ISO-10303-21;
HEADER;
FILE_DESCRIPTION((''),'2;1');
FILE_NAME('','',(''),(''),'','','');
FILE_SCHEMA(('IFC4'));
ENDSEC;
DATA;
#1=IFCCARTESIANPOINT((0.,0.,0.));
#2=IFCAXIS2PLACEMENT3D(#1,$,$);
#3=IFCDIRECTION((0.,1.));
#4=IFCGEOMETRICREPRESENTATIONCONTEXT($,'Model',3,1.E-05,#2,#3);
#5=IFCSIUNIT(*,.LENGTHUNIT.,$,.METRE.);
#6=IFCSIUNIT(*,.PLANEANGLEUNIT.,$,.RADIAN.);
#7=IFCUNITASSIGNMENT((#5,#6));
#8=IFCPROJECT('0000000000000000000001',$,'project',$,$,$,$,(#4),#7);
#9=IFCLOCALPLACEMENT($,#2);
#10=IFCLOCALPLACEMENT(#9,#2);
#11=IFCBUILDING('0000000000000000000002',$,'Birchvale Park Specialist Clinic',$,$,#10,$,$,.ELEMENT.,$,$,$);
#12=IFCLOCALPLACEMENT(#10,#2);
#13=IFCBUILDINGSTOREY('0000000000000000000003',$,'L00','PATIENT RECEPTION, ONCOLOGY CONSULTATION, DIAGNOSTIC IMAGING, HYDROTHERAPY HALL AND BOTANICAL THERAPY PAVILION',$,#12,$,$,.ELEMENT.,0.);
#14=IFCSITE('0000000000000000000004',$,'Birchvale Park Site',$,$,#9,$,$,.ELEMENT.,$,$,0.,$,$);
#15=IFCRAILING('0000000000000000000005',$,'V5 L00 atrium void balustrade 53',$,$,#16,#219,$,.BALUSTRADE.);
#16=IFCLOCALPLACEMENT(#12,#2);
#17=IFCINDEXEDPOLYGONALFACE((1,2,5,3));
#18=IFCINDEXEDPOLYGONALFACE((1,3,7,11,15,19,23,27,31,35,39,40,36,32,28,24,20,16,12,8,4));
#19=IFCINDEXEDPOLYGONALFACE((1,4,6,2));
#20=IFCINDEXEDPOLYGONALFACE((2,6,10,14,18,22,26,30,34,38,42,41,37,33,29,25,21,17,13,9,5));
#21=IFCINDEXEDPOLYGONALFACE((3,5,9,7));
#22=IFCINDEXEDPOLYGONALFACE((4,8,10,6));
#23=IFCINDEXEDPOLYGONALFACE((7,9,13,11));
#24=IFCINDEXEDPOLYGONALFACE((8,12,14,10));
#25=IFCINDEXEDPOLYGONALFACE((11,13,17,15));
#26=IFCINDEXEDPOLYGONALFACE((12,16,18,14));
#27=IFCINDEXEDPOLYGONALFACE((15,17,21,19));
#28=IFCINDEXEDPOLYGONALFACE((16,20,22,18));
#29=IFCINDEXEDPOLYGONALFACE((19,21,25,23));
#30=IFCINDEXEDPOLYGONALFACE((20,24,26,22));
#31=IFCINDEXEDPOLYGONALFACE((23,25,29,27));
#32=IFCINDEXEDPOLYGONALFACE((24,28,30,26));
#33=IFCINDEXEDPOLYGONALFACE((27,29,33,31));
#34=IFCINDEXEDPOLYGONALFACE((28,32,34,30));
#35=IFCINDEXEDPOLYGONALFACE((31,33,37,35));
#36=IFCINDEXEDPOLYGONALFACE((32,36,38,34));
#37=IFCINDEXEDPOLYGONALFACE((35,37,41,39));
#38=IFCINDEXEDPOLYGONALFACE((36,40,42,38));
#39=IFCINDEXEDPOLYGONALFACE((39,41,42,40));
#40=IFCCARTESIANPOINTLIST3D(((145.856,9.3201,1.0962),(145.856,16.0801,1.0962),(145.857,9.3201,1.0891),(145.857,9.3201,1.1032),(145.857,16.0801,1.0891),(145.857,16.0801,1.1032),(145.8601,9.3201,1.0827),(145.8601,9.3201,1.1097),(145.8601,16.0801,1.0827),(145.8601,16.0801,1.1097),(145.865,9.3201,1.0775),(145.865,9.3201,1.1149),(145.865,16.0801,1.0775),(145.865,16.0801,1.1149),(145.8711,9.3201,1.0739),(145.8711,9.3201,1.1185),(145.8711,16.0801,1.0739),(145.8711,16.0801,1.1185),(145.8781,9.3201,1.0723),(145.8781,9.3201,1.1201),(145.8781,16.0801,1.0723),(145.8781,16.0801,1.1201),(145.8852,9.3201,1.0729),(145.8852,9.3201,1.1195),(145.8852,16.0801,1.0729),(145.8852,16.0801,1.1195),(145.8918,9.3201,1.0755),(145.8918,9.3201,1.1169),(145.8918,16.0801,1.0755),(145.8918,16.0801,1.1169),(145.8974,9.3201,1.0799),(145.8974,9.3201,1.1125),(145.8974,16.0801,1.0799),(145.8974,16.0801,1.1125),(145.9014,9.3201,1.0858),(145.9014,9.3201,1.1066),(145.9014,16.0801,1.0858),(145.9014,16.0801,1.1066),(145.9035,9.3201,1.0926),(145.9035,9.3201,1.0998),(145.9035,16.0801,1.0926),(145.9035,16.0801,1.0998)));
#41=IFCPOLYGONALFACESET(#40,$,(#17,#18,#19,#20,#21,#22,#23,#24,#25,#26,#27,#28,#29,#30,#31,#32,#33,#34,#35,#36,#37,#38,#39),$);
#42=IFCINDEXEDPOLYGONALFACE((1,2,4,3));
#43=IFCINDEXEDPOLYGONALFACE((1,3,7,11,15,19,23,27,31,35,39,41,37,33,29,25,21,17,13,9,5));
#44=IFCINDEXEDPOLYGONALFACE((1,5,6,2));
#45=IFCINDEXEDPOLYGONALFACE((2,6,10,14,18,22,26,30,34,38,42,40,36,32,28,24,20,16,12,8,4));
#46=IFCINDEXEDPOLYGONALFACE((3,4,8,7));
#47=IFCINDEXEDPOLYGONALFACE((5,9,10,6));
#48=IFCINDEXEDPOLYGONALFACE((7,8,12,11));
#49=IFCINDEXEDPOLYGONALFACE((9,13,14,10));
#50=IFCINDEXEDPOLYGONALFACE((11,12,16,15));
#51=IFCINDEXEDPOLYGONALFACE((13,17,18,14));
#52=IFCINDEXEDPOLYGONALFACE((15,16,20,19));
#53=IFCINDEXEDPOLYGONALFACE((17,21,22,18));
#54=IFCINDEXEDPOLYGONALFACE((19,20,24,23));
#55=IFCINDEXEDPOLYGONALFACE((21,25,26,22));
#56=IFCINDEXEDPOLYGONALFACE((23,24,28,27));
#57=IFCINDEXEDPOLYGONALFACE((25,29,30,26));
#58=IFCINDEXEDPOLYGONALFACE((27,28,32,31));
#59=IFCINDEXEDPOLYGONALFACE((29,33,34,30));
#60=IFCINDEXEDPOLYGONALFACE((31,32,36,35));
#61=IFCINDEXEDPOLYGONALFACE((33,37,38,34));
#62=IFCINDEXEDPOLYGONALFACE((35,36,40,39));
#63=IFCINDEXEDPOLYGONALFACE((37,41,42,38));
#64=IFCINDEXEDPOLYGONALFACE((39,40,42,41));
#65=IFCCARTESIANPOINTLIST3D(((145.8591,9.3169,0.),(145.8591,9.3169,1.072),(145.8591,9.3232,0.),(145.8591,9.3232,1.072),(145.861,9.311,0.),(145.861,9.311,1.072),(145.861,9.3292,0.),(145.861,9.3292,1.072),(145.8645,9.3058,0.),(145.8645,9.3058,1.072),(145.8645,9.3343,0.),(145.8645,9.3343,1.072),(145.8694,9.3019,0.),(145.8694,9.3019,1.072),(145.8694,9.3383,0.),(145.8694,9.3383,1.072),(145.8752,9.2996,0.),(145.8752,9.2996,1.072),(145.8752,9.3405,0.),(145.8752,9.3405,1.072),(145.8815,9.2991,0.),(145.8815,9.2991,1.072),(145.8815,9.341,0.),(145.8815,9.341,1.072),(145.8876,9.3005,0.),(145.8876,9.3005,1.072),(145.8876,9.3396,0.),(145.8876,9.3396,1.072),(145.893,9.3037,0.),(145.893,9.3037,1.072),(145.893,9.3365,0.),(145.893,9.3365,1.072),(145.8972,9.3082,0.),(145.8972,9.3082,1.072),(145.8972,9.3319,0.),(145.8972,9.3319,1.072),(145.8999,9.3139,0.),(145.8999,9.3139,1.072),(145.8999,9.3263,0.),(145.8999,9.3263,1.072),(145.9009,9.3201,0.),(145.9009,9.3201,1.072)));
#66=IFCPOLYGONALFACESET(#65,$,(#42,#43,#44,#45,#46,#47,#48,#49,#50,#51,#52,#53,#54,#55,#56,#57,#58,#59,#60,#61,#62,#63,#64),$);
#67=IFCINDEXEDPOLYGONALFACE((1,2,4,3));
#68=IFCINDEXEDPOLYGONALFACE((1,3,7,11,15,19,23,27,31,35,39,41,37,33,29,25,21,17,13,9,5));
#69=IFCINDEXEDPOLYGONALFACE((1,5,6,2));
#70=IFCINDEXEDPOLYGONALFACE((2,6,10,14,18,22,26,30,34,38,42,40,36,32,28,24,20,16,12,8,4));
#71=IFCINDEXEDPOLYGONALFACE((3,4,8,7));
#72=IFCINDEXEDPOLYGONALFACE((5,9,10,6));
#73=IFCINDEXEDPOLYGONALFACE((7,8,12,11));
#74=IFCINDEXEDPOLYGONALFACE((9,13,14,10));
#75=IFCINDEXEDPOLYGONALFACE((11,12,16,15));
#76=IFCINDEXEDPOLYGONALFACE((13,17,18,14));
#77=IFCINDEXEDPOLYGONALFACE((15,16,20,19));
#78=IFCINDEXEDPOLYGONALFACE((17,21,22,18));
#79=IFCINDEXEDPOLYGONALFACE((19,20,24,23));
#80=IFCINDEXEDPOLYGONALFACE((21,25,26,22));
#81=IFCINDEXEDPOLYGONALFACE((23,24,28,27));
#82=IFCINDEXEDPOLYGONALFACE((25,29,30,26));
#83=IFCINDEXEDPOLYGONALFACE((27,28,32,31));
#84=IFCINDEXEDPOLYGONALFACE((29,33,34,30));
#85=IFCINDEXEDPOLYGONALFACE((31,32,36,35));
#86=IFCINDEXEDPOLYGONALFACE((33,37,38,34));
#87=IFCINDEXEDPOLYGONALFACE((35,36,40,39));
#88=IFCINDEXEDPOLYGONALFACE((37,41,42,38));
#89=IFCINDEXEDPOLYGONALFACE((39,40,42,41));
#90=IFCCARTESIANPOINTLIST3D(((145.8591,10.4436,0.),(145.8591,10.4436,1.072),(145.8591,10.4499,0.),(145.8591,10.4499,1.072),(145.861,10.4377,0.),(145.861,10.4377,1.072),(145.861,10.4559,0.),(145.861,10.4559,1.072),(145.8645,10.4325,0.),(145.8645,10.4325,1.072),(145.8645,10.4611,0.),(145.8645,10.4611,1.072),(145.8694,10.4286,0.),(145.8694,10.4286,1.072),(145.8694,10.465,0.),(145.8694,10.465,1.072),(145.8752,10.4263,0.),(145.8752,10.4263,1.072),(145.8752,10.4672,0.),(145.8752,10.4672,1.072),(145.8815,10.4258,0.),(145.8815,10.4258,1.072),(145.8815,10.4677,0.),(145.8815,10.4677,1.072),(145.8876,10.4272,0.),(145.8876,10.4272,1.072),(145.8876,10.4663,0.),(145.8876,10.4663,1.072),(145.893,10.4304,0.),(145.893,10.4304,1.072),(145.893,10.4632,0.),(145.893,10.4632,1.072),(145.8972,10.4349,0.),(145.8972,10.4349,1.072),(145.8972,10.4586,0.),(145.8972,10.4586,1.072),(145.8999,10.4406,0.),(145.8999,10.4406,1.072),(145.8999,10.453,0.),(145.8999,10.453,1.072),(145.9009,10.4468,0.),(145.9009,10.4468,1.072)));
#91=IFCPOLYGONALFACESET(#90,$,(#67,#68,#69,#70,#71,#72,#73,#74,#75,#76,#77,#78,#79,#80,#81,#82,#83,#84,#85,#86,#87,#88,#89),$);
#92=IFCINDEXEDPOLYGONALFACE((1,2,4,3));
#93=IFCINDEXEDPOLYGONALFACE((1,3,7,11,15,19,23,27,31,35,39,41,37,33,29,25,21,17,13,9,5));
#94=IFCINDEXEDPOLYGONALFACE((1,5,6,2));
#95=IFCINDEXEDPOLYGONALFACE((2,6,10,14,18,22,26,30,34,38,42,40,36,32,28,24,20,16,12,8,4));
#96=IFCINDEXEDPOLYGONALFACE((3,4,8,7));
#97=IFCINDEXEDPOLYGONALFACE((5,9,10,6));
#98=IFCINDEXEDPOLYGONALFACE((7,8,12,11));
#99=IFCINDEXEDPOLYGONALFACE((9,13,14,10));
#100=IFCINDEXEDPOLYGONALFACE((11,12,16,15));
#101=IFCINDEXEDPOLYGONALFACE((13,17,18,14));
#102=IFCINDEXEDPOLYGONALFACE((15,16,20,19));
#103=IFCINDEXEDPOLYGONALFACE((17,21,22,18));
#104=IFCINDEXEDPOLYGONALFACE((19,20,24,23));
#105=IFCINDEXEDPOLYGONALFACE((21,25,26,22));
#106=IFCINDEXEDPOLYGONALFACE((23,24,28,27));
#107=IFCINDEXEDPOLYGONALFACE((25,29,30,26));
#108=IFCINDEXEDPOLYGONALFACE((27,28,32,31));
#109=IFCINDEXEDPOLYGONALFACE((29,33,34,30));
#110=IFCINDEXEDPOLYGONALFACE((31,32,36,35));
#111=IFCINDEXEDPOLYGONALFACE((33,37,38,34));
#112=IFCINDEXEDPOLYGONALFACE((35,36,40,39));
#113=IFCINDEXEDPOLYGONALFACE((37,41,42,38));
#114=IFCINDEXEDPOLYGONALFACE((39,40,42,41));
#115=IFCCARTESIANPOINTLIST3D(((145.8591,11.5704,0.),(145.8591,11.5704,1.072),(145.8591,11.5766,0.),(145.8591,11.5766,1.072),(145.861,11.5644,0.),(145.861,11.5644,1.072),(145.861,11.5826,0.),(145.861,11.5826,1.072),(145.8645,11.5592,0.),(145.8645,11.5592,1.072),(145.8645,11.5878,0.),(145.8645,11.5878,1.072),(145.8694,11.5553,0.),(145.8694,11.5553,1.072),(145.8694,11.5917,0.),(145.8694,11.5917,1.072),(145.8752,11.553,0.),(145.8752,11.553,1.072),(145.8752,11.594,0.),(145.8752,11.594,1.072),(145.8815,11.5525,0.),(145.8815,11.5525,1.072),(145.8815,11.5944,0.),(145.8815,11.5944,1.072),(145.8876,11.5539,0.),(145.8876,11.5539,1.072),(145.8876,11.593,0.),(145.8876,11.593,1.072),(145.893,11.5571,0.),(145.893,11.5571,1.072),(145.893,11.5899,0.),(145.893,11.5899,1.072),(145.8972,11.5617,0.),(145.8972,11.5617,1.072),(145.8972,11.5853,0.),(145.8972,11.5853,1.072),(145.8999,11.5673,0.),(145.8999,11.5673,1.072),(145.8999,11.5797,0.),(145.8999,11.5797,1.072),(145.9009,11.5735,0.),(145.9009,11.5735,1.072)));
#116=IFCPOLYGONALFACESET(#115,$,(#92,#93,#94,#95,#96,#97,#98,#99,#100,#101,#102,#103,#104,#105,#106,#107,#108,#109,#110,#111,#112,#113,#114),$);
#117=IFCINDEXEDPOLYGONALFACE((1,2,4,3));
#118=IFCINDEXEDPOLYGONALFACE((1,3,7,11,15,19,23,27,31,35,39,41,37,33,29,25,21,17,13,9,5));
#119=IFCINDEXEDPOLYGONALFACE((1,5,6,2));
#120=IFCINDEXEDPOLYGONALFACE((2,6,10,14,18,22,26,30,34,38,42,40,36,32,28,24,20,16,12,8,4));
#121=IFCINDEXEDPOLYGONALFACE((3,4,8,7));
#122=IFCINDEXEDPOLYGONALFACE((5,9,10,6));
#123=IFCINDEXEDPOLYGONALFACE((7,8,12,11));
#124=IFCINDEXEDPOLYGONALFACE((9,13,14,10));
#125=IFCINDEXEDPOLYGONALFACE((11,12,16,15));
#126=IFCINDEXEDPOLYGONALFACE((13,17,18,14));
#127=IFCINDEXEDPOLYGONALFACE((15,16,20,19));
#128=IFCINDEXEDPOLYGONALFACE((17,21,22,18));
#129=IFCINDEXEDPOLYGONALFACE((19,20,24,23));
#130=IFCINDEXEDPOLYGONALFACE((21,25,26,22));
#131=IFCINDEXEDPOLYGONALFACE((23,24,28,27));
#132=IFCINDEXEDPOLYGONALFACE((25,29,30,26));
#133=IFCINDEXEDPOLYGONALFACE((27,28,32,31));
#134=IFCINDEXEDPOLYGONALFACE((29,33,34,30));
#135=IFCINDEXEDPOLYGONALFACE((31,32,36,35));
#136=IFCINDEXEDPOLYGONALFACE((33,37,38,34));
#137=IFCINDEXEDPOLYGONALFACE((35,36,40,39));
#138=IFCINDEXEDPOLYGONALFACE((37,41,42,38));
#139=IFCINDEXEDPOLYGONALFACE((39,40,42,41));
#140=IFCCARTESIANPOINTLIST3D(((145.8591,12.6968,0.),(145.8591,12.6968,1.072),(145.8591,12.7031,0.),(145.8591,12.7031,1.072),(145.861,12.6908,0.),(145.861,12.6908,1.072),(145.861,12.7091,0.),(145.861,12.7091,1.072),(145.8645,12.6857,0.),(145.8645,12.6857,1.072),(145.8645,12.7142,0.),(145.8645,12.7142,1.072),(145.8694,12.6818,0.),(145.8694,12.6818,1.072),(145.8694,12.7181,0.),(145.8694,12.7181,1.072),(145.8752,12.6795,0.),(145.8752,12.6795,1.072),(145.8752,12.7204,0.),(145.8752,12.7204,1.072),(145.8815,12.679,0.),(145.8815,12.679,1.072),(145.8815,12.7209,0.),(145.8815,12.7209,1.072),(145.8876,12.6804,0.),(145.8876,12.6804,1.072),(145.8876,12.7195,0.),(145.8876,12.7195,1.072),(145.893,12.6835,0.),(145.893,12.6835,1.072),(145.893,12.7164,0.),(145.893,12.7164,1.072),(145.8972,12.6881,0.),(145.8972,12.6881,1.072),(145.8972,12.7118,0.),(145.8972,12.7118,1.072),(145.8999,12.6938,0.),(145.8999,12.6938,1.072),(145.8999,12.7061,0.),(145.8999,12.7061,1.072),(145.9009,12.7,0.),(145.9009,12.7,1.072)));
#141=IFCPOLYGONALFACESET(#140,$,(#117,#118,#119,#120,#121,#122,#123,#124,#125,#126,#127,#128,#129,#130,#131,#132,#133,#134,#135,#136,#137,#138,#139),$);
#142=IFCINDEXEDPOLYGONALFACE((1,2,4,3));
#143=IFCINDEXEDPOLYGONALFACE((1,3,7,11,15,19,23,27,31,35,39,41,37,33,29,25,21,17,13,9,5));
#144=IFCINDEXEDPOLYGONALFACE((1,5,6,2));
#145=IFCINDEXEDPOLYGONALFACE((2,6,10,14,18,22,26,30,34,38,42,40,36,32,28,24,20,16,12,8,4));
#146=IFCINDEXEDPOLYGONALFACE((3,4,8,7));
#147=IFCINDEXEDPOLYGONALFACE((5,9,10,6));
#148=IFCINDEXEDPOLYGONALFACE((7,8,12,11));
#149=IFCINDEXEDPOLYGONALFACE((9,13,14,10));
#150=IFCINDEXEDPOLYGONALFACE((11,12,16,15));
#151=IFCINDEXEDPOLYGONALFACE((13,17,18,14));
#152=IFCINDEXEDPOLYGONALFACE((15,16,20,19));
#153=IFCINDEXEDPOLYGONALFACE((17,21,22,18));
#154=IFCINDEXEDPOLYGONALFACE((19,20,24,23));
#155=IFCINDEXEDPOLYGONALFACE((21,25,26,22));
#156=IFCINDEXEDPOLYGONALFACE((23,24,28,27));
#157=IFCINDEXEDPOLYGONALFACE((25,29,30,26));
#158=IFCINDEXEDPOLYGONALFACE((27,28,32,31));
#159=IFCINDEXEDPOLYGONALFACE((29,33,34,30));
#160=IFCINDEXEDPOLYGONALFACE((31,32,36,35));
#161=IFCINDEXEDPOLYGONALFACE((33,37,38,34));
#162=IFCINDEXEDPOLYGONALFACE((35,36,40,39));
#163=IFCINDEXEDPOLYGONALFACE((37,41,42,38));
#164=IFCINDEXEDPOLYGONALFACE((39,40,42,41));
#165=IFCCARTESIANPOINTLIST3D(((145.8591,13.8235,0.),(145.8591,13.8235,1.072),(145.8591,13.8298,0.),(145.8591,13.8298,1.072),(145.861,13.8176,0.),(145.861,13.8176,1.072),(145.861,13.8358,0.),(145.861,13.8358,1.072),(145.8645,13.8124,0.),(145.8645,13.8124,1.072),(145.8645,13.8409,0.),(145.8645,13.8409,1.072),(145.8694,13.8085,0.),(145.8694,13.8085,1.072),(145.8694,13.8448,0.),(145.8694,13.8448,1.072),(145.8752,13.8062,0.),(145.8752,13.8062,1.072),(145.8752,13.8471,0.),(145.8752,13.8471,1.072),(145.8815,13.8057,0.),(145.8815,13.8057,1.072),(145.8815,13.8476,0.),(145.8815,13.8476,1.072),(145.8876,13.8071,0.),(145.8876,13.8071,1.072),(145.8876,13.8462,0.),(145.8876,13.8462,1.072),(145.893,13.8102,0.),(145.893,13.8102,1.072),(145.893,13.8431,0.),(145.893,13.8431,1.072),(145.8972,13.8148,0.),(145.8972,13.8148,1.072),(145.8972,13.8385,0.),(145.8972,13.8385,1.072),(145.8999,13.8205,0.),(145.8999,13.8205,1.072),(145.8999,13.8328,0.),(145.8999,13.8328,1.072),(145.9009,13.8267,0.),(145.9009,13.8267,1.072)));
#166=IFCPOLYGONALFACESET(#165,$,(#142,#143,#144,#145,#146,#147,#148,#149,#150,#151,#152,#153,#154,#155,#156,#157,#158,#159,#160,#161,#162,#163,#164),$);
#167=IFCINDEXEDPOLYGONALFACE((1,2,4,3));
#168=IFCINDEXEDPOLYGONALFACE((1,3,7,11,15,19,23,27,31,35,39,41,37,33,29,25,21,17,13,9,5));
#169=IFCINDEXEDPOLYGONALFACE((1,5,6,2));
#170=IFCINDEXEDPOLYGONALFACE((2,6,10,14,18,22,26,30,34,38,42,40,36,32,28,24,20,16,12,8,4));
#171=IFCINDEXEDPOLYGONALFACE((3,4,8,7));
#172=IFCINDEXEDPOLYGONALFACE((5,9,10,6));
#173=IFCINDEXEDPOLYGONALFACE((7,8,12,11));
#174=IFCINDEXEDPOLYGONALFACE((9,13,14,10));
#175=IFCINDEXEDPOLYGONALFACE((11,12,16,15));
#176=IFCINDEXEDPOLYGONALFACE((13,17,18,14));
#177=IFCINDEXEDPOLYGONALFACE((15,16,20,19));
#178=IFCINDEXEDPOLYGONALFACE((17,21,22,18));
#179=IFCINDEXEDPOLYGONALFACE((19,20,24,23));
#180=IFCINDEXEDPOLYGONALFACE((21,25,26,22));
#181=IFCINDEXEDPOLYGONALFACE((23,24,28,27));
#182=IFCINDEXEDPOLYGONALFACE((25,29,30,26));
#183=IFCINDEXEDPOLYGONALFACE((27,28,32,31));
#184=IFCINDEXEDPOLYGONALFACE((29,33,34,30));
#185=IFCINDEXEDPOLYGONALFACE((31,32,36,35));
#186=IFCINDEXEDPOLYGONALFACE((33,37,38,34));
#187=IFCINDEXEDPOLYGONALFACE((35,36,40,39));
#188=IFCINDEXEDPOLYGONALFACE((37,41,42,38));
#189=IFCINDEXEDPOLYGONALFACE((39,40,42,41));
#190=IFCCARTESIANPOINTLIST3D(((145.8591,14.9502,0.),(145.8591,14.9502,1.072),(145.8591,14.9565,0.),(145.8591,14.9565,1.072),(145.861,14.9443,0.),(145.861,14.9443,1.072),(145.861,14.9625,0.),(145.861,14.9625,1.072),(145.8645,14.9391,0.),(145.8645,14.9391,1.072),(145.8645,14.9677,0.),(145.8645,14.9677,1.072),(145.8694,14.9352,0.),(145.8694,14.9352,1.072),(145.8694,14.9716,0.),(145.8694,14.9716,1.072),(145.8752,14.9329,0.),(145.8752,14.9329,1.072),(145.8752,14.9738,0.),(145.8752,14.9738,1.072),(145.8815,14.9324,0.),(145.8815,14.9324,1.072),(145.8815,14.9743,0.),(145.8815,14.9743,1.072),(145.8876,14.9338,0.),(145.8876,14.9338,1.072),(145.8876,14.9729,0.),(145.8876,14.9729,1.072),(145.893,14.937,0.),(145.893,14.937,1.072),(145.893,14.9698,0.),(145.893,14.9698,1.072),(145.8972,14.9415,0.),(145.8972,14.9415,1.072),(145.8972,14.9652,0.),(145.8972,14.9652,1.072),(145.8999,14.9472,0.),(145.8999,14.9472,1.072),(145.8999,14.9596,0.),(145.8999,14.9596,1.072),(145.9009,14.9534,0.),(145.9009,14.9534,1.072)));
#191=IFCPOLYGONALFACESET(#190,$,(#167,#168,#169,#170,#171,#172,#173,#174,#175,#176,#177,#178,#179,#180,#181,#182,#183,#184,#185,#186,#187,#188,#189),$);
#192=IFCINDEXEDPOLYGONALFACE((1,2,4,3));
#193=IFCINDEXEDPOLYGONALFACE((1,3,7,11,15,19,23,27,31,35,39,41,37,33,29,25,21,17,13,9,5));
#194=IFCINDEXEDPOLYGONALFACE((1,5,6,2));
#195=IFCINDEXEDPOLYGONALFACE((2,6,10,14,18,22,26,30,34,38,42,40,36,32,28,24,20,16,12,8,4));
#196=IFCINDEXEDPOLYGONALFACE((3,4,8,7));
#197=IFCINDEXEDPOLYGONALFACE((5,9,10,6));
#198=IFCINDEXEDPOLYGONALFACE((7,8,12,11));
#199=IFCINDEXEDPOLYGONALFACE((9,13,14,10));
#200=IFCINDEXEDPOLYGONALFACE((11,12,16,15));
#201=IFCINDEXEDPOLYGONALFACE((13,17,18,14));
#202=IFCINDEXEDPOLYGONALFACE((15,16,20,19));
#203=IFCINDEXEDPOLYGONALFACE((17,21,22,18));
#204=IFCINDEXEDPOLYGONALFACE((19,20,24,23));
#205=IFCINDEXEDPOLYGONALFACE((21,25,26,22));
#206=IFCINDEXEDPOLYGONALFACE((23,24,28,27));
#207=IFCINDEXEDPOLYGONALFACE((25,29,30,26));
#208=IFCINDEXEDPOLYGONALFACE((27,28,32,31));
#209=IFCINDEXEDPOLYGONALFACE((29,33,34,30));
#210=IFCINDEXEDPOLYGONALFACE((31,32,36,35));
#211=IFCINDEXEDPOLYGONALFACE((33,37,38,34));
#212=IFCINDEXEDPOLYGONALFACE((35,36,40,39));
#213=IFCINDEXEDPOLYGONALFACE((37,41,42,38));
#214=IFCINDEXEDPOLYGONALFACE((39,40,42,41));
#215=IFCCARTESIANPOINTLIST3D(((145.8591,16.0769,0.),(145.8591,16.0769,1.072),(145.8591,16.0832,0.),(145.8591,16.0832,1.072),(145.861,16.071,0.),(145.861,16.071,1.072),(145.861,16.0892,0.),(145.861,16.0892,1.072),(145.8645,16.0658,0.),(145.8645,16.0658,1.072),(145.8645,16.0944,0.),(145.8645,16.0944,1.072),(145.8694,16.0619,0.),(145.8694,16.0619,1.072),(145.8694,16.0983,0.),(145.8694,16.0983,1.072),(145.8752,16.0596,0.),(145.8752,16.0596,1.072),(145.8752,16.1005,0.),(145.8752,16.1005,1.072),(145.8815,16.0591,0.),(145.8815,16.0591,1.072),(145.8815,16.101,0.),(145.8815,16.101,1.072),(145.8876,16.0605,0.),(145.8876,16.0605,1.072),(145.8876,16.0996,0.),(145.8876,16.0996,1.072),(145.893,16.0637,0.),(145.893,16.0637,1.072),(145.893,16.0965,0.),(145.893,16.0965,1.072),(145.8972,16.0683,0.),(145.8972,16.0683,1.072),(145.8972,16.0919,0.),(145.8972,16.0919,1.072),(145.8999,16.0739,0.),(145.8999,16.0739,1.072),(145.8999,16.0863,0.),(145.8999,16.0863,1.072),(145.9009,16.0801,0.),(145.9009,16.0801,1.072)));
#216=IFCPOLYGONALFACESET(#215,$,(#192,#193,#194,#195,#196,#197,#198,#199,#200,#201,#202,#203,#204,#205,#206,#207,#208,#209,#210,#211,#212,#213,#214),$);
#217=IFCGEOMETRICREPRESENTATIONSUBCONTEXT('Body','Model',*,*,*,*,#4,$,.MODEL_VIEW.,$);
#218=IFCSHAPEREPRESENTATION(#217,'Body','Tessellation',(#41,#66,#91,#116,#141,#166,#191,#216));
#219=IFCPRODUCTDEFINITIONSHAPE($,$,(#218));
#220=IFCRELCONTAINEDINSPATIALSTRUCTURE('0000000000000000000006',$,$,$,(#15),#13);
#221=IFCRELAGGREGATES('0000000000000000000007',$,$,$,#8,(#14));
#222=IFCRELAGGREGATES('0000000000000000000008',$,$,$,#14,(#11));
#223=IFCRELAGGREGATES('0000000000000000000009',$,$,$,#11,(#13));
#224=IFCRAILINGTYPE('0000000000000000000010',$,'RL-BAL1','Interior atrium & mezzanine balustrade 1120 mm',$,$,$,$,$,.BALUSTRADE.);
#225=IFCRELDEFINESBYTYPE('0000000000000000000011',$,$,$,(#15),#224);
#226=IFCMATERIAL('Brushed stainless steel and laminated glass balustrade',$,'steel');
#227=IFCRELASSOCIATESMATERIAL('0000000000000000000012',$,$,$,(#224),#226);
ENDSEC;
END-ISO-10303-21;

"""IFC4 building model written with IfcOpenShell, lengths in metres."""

from ifc_helpers import new_model, si_unit, direction, frame, origin, origin_2d, place, context, subcontext, project, spatial, circle, extrude, material, type_object, element, save


model = new_model("IFC4")

# Units and contexts
model_context = context("Model", 3, precision=1e-05, world=origin(), true_north=direction((0.0, 1.0)))
body_context = subcontext(model_context, "Body", "Model", "MODEL_VIEW")
ifc_project = project(units=[si_unit("LENGTHUNIT", "METRE"), si_unit("PLANEANGLEUNIT", "RADIAN")], contexts=[model_context])

# Site, building, storey
site_placement = place(None, origin())
site = spatial("IfcSite", under=ifc_project, at=site_placement, Name="Birchvale Park Site", CompositionType="ELEMENT", RefElevation=0.0)
building_placement = place(site_placement, origin())
building = spatial("IfcBuilding", under=site, at=building_placement, Name="Birchvale Park Specialist Clinic", CompositionType="ELEMENT")
storey_placement = place(building_placement, origin())
storey = spatial("IfcBuildingStorey", under=building, at=storey_placement, Name="L00", Description="PATIENT RECEPTION, ONCOLOGY CONSULTATION, DIAGNOSTIC IMAGING, HYDROTHERAPY HALL AND BOTANICAL THERAPY PAVILION", CompositionType="ELEMENT", Elevation=0.0)

# Railing
ifc_material_1 = material(Name="Brushed stainless steel and laminated glass balustrade", Category="steel")
railing_type = type_object("IfcRailingType", Name="RL-BAL1", Description="Interior atrium & mezzanine balustrade 1120 mm", PredefinedType="BALUSTRADE", material=ifc_material_1)
railing_1_placement = place(storey_placement, frame((145.8799, 9.3201, 0.0)))
element("IfcRailing", 1, at=railing_1_placement, inside=storey, type_object=railing_type, Name="V5 L00 atrium void balustrade 53", PredefinedType="BALUSTRADE", context=body_context, shape_type="SweptSolid", body=[
    extrude(circle(Radius=0.0239, at=origin_2d()), frame((0.0, 0.0, 1.0962), z_axis=(0.0, 1.0, 0.0), x_axis=(-1.0, 0.0, 0.0)), (0.0, 0.0, 1.0), 6.76),
    extrude(circle(Radius=0.021, at=origin_2d()), origin(), (0.0, 0.0, 1.0), 1.072),
    extrude(circle(Radius=0.021, at=origin_2d()), frame((0.0, 1.1267, 0.0)), (0.0, 0.0, 1.0), 1.072),
    extrude(circle(Radius=0.021, at=origin_2d()), frame((0.0, 2.2534, 0.0)), (0.0, 0.0, 1.0), 1.072),
    extrude(circle(Radius=0.021, at=origin_2d()), frame((0.0, 3.3799, 0.0)), (0.0, 0.0, 1.0), 1.072),
    extrude(circle(Radius=0.021, at=origin_2d()), frame((0.0, 4.5066, 0.0)), (0.0, 0.0, 1.0), 1.072),
    extrude(circle(Radius=0.021, at=origin_2d()), frame((0.0, 5.6333, 0.0)), (0.0, 0.0, 1.0), 1.072),
    extrude(circle(Radius=0.021, at=origin_2d()), frame((0.0, 6.76, 0.0)), (0.0, 0.0, 1.0), 1.072),
])

save(model, "model.ifc")
